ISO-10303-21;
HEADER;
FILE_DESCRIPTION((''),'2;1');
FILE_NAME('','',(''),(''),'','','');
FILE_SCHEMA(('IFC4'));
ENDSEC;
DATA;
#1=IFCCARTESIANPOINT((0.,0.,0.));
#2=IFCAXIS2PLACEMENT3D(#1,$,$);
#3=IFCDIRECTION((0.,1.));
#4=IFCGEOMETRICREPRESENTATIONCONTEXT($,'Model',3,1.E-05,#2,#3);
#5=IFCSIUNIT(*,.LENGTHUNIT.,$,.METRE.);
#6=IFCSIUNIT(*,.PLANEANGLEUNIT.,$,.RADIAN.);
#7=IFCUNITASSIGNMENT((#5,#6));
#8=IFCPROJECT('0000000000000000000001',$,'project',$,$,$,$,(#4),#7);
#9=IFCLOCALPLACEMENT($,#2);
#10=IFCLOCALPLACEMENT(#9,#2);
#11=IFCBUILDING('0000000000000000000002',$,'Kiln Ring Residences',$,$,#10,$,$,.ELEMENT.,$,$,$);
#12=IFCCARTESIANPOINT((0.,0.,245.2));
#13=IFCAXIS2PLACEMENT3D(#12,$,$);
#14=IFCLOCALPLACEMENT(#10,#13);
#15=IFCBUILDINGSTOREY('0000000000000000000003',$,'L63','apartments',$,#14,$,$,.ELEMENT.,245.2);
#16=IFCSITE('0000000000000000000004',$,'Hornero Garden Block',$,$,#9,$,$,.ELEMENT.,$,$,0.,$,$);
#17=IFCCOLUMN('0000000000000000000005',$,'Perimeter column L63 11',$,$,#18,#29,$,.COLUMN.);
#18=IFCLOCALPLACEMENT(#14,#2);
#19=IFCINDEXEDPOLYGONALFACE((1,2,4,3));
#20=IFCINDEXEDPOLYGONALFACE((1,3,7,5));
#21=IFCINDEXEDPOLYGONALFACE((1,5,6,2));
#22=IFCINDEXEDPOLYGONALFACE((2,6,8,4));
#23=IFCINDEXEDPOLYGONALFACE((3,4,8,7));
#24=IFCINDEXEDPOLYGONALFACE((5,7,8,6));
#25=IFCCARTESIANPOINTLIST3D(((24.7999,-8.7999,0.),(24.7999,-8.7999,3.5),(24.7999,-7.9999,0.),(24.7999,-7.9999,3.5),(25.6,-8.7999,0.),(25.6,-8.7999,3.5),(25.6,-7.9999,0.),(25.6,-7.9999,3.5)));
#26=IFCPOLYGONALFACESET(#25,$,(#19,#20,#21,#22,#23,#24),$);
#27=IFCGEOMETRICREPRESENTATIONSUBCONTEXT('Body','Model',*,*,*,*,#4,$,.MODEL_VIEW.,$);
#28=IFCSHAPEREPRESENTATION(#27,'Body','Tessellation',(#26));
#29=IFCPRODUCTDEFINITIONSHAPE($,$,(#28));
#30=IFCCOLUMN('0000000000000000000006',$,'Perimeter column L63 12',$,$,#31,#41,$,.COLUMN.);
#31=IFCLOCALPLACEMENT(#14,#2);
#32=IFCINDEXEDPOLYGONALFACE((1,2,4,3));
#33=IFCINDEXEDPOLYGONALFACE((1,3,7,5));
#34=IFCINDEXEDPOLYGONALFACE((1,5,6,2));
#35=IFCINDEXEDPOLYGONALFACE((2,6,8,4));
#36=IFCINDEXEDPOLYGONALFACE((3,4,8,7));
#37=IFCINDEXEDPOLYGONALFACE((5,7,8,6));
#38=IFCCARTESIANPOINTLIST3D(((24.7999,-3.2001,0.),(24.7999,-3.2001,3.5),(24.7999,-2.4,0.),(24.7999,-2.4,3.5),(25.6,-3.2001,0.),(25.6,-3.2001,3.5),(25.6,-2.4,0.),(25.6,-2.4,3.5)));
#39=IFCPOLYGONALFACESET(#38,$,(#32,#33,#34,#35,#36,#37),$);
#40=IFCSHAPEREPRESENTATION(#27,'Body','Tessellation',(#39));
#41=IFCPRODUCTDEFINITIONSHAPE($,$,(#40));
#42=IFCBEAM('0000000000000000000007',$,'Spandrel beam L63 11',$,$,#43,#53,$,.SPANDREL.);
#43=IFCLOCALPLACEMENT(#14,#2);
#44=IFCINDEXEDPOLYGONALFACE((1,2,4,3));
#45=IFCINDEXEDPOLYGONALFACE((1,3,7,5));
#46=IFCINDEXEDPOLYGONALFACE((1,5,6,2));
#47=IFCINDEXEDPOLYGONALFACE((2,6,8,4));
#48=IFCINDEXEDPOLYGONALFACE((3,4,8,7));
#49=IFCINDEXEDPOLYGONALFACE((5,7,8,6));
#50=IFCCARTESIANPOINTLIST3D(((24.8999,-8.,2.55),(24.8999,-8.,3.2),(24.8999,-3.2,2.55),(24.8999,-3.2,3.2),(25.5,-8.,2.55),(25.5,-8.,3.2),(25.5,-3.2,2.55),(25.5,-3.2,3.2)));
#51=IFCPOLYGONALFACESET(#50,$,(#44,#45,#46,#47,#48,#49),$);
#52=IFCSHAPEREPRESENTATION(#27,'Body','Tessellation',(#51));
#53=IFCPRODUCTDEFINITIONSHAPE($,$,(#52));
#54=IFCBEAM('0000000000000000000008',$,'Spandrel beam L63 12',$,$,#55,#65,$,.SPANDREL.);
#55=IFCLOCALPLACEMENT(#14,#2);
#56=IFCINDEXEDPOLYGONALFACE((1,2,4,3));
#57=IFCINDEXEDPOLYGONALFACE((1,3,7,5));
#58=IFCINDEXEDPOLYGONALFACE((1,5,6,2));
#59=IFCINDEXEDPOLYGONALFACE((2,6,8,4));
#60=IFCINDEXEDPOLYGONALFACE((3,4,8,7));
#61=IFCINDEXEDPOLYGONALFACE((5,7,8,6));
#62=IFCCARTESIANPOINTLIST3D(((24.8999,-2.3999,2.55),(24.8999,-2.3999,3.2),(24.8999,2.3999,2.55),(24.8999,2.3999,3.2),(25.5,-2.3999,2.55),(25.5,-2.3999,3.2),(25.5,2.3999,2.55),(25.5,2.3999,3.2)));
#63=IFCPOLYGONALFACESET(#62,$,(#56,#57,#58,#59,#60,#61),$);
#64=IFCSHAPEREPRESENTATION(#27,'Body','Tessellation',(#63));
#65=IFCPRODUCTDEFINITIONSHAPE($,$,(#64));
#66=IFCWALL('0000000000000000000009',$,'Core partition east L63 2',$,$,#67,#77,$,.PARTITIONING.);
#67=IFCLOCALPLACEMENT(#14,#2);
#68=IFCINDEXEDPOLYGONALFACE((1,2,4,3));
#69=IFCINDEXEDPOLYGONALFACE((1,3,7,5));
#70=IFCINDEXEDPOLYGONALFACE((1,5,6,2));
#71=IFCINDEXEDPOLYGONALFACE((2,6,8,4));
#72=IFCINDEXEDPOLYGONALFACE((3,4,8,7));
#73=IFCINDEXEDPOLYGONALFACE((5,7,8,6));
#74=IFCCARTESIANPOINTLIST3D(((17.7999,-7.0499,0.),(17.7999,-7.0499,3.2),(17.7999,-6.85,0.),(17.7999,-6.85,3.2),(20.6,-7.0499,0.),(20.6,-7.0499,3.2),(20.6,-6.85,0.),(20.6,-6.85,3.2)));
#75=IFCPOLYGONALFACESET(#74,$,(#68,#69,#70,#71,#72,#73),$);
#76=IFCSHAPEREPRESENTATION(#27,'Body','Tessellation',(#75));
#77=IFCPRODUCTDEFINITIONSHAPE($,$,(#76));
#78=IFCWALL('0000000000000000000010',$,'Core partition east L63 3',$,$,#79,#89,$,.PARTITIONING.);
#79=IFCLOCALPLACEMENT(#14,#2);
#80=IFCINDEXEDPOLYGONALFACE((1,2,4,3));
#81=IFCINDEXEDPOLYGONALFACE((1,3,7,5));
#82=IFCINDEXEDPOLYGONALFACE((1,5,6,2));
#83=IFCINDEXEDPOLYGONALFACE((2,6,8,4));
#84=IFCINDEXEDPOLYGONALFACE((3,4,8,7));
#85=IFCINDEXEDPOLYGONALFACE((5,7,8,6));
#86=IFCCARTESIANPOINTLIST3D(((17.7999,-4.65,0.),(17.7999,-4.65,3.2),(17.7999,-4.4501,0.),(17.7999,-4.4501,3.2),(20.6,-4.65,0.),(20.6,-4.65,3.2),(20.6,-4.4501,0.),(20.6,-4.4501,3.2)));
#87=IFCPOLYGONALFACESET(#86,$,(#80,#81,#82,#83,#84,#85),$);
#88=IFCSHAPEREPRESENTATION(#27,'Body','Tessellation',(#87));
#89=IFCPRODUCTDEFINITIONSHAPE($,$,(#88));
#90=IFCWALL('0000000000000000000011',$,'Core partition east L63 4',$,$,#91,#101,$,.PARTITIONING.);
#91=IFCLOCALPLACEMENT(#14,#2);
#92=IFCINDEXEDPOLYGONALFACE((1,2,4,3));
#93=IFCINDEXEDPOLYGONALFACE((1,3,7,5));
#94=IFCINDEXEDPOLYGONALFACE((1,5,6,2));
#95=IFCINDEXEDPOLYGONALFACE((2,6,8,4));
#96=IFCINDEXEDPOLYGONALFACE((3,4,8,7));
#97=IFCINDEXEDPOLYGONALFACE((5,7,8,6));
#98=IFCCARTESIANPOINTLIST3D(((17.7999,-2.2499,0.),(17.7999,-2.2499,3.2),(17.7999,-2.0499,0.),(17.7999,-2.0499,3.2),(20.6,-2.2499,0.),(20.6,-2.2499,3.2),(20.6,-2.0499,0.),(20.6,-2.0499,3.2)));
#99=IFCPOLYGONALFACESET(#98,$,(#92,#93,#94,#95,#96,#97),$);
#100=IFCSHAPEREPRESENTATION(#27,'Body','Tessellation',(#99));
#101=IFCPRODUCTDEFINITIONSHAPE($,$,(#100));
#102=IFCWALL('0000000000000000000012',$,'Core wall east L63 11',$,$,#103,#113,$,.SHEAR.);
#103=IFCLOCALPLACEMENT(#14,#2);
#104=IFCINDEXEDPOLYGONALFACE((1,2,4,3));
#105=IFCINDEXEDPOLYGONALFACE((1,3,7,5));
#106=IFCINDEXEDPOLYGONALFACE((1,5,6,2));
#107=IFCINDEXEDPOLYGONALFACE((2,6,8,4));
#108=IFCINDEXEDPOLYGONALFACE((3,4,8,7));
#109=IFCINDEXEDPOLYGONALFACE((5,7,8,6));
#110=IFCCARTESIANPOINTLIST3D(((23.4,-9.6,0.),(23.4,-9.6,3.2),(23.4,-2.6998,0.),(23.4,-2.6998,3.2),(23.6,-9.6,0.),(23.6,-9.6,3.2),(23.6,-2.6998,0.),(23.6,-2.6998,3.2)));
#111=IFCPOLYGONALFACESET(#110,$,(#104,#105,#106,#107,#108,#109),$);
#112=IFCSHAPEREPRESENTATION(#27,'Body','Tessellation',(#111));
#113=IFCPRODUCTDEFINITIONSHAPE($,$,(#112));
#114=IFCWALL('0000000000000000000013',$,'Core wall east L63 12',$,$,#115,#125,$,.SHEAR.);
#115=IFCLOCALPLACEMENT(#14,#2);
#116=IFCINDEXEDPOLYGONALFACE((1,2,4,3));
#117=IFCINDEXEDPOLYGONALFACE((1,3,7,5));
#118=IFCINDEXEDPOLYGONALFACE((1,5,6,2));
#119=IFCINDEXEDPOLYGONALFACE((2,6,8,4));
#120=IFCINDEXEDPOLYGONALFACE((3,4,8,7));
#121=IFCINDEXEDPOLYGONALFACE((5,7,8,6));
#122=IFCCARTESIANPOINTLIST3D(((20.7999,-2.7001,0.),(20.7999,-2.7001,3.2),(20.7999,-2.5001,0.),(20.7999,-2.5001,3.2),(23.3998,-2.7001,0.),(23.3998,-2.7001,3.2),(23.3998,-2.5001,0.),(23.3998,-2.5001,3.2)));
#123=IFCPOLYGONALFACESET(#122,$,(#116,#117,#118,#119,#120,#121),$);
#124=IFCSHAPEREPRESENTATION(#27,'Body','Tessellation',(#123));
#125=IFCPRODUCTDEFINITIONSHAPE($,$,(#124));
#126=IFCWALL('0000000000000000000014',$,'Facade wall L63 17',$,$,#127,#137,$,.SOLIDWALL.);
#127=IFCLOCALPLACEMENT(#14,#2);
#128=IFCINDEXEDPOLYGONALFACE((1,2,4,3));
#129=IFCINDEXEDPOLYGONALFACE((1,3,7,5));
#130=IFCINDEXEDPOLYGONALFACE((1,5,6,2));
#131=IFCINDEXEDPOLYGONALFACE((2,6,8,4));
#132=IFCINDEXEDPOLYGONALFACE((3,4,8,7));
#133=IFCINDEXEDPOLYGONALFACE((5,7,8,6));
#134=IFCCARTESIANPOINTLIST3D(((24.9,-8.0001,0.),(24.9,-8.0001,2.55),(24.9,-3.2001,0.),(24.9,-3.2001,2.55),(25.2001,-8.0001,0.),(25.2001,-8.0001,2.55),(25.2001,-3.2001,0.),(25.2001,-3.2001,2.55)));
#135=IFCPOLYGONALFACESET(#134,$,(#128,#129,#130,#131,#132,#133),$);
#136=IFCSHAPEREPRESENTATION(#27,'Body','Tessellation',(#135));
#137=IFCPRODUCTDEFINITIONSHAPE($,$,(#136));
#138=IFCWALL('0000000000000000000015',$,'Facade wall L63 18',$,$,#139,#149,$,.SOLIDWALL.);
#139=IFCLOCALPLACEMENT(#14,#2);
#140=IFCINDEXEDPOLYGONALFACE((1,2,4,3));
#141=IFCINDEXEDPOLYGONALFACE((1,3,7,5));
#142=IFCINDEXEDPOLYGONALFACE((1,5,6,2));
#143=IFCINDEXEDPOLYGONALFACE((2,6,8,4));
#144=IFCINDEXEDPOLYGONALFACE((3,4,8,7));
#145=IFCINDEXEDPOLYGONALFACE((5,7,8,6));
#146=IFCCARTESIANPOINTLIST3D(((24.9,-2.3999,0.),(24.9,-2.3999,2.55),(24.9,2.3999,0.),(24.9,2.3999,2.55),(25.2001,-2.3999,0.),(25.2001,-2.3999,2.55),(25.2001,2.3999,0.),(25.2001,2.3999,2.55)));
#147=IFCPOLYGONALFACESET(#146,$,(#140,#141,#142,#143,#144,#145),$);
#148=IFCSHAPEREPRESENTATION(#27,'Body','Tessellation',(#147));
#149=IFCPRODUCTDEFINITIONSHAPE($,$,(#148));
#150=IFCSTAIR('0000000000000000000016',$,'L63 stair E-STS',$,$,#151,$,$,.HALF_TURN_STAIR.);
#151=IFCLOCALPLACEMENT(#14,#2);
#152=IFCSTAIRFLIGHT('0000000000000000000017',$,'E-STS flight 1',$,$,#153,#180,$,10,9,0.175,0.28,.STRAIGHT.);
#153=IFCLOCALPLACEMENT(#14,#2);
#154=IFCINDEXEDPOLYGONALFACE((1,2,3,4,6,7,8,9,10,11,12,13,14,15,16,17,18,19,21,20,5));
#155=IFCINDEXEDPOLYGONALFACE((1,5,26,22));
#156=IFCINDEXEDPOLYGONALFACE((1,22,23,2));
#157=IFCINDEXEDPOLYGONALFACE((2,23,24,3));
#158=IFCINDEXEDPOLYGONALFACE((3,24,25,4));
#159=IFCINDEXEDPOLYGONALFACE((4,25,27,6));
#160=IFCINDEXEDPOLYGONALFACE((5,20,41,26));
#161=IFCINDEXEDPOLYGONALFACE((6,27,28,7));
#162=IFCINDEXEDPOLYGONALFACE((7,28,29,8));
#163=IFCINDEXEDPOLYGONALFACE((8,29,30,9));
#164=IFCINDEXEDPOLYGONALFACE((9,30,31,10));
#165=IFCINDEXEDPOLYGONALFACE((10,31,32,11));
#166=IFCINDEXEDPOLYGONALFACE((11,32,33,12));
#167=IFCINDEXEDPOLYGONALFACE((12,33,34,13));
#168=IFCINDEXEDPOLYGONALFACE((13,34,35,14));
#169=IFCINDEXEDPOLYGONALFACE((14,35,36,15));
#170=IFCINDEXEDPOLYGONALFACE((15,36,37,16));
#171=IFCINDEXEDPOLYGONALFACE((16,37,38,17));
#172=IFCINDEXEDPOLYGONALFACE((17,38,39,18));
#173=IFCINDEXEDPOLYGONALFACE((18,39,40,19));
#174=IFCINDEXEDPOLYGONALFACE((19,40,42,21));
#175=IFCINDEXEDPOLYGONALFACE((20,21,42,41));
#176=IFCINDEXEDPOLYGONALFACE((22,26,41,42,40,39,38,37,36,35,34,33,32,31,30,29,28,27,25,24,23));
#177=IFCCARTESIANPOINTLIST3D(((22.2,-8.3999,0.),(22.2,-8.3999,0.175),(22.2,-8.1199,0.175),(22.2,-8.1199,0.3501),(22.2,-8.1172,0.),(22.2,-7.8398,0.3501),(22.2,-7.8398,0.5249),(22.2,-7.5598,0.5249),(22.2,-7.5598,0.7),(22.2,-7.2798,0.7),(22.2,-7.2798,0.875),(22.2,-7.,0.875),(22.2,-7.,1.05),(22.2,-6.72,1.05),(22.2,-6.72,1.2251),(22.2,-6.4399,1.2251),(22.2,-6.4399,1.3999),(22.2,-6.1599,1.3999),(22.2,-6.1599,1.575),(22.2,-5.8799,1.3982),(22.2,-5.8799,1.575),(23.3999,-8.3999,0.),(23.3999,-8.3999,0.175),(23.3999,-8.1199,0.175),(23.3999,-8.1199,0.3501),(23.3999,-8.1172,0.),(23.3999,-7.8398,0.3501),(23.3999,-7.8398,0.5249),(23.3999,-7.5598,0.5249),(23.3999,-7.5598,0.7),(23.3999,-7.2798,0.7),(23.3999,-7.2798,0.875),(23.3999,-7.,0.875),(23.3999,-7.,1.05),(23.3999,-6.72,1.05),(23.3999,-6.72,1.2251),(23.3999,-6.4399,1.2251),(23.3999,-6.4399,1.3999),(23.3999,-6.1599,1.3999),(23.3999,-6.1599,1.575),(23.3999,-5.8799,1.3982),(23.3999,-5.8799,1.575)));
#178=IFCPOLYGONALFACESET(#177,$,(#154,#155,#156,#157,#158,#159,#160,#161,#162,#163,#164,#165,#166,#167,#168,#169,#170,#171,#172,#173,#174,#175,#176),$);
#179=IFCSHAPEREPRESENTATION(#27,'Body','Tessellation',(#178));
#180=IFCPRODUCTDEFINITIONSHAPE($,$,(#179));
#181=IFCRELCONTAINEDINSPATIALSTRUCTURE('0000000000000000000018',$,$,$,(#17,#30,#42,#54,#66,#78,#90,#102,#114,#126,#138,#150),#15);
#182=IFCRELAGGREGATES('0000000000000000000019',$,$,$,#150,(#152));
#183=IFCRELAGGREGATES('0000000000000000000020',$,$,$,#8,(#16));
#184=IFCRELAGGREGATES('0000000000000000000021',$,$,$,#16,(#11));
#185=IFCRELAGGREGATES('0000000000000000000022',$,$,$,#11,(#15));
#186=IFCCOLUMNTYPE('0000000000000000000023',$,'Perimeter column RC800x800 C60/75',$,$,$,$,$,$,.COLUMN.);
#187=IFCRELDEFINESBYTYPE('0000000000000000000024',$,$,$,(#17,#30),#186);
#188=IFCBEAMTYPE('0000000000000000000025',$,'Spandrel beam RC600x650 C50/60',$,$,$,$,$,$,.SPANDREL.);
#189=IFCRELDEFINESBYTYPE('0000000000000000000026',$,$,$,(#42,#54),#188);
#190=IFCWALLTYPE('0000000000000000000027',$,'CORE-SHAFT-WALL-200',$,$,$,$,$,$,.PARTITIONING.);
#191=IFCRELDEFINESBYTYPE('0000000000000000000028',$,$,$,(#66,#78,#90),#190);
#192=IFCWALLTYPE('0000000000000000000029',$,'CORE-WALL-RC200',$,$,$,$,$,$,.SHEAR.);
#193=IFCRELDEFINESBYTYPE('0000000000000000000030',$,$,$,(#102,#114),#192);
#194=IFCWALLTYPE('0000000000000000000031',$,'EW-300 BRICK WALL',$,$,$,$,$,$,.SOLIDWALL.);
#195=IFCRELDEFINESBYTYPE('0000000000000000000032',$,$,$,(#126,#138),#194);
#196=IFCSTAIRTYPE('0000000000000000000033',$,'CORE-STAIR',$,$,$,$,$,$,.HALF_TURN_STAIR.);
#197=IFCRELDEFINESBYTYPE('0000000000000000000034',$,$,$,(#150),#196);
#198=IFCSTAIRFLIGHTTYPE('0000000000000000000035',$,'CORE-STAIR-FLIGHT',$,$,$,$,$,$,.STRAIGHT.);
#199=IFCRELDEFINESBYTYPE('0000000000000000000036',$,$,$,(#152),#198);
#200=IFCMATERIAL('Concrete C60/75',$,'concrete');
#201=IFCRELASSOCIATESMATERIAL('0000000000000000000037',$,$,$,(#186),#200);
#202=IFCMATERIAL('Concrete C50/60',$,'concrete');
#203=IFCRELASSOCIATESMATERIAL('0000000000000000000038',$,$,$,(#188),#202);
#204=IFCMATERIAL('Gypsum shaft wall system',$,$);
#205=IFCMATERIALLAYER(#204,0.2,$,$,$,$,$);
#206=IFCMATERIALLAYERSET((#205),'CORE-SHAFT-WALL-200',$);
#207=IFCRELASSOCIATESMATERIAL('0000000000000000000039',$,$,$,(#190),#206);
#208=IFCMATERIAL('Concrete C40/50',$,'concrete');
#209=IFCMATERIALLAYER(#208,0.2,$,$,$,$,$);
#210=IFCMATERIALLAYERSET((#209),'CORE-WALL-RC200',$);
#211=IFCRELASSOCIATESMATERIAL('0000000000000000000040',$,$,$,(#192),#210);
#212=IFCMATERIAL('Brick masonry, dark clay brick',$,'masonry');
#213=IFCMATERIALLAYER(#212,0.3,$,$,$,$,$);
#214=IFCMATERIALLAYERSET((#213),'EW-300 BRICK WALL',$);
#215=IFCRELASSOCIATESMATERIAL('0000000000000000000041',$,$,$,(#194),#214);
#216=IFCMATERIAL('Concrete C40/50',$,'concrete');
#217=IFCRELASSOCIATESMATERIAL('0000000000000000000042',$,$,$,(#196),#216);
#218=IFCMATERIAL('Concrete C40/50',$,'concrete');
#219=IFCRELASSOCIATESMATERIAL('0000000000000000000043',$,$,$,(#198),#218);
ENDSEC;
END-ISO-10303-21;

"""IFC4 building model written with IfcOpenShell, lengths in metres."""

from ifc_helpers import new_model, si_unit, direction, frame, frame_2d, origin, origin_2d, place, context, subcontext, project, spatial, polyline, rectangle, outline, extrude, material, layer, layer_set, material_profile, profile_set, type_object, element, aggregate, save


model = new_model("IFC4")

# Units and contexts
model_context = context("Model", 3, precision=1e-05, world=origin(), true_north=direction((0.0, 1.0)))
body_context = subcontext(model_context, "Body", "Model", "MODEL_VIEW")
ifc_project = project(units=[si_unit("LENGTHUNIT", "METRE"), si_unit("PLANEANGLEUNIT", "RADIAN")], contexts=[model_context])

# Site, building, storey
site_placement = place(None, origin())
site = spatial("IfcSite", under=ifc_project, at=site_placement, Name="Hornero Garden Block", CompositionType="ELEMENT", RefElevation=0.0)
building_placement = place(site_placement, origin())
building = spatial("IfcBuilding", under=site, at=building_placement, Name="Kiln Ring Residences", CompositionType="ELEMENT")
storey_placement = place(building_placement, frame((0.0, 0.0, 245.2)))
storey = spatial("IfcBuildingStorey", under=building, at=storey_placement, Name="L63", Description="apartments", CompositionType="ELEMENT", Elevation=245.2)

# Columns
ifc_material_1 = material(Name="Concrete C60/75", Category="concrete")
ifc_material_profile_1 = material_profile(ifc_material_1, rectangle(XDim=0.8, YDim=0.8, at=origin_2d()), Name="RC800x800")
ifc_profile_set_1 = profile_set([ifc_material_profile_1], Name="Concrete C60/75")
column_type = type_object("IfcColumnType", Name="Perimeter column RC800x800 C60/75", PredefinedType="COLUMN", material=ifc_profile_set_1)
for number, where, z_axis, x_axis, name in (
    (1, (25.2, -8.3999, 0.0), (0.0, 0.0, 1.0), (1.0, 0.0, 0.0), "Perimeter column L63 11"),
    (2, (25.2, -2.8, 0.0), (0.0, 0.0, 1.0), (1.0, 0.0, 0.0), "Perimeter column L63 12"),
):
    element("IfcColumn", number, at=place(storey_placement, frame(where, z_axis=z_axis, x_axis=x_axis)), inside=storey, type_object=column_type, Name=name, PredefinedType="COLUMN", context=body_context, shape_type="SweptSolid", body=[
        extrude(rectangle(XDim=0.8, YDim=0.8, at=origin_2d()), origin(), (0.0, 0.0, 1.0), 3.5),
    ])

# Beams
ifc_material_2 = material(Name="Concrete C50/60", Category="concrete")
ifc_material_profile_2 = material_profile(ifc_material_2, rectangle(XDim=0.6001, YDim=0.6499, at=origin_2d()), Name="RC600x650")
ifc_profile_set_2 = profile_set([ifc_material_profile_2], Name="Concrete C50/60")
beam_type = type_object("IfcBeamType", Name="Spandrel beam RC600x650 C50/60", PredefinedType="SPANDREL", material=ifc_profile_set_2)
beam_1_placement = place(storey_placement, frame((25.2, -8.0, 2.875), z_axis=(0.0, 1.0, 0.0), x_axis=(-1.0, 0.0, 0.0)))
element("IfcBeam", 3, at=beam_1_placement, inside=storey, type_object=beam_type, Name="Spandrel beam L63 11", PredefinedType="SPANDREL", context=body_context, shape_type="SweptSolid", body=[
    extrude(rectangle(XDim=0.6001, YDim=0.6499, at=origin_2d()), origin(), (0.0, 0.0, 1.0), 4.8),
])
beam_2_placement = place(storey_placement, frame((25.2, -2.3999, 2.875), z_axis=(0.0, 1.0, 0.0), x_axis=(-1.0, 0.0, 0.0)))
element("IfcBeam", 4, at=beam_2_placement, inside=storey, type_object=beam_type, Name="Spandrel beam L63 12", PredefinedType="SPANDREL", context=body_context, shape_type="SweptSolid", body=[
    extrude(rectangle(XDim=0.6001, YDim=0.6499, at=origin_2d()), origin(), (0.0, 0.0, 1.0), 4.7998),
])

# Walls
ifc_material_3 = material(Name="Gypsum shaft wall system")
ifc_layer_1 = layer(ifc_material_3, 0.2)
ifc_layer_set_1 = layer_set([ifc_layer_1], Name="CORE-SHAFT-WALL-200")
wall_type_1 = type_object("IfcWallType", Name="CORE-SHAFT-WALL-200", PredefinedType="PARTITIONING", material=ifc_layer_set_1)
for number, where, z_axis, x_axis, name in (
    (5, (17.8, -6.95, 0.0), (0.0, 0.0, 1.0), (1.0, 0.0, 0.0), "Core partition east L63 2"),
    (6, (17.8, -4.55, 0.0), (0.0, 0.0, 1.0), (1.0, 0.0, 0.0), "Core partition east L63 3"),
    (7, (17.8, -2.1499, 0.0), (0.0, 0.0, 1.0), (1.0, 0.0, 0.0), "Core partition east L63 4"),
):
    element("IfcWall", number, at=place(storey_placement, frame(where, z_axis=z_axis, x_axis=x_axis)), inside=storey, type_object=wall_type_1, Name=name, PredefinedType="PARTITIONING", context=body_context, shape_type="SweptSolid", body=[
        extrude(rectangle(XDim=2.8, YDim=0.2, at=frame_2d((1.3999, 0.0))), origin(), (0.0, 0.0, 1.0), 3.2),
    ])
ifc_material_4 = material(Name="Concrete C40/50", Category="concrete")
ifc_layer_2 = layer(ifc_material_4, 0.2)
ifc_layer_set_2 = layer_set([ifc_layer_2], Name="CORE-WALL-RC200")
wall_type_2 = type_object("IfcWallType", Name="CORE-WALL-RC200", PredefinedType="SHEAR", material=ifc_layer_set_2)
wall_1_placement = place(storey_placement, frame((23.5, -9.6001, 0.0), z_axis=(0.0, 0.0, 1.0), x_axis=(0.0, 1.0, 0.0)))
element("IfcWall", 8, at=wall_1_placement, inside=storey, type_object=wall_type_2, Name="Core wall east L63 11", PredefinedType="SHEAR", context=body_context, shape_type="SweptSolid", body=[
    extrude(rectangle(XDim=6.9001, YDim=0.2, at=frame_2d((3.4502, 0.0))), origin(), (0.0, 0.0, 1.0), 3.2),
])
wall_2_placement = place(storey_placement, frame((20.8, -2.6001, 0.0), z_axis=(0.0, 0.0, 1.0), x_axis=(1.0, 0.0, 0.0)))
element("IfcWall", 9, at=wall_2_placement, inside=storey, type_object=wall_type_2, Name="Core wall east L63 12", PredefinedType="SHEAR", context=body_context, shape_type="SweptSolid", body=[
    extrude(rectangle(XDim=2.5999, YDim=0.2, at=frame_2d((1.2998, 0.0))), origin(), (0.0, 0.0, 1.0), 3.2),
])
ifc_material_5 = material(Name="Brick masonry, dark clay brick", Category="masonry")
ifc_layer_3 = layer(ifc_material_5, 0.3)
ifc_layer_set_3 = layer_set([ifc_layer_3], Name="EW-300 BRICK WALL")
wall_type_3 = type_object("IfcWallType", Name="EW-300 BRICK WALL", PredefinedType="SOLIDWALL", material=ifc_layer_set_3)
wall_3_placement = place(storey_placement, frame((25.05, -8.0, 0.0), z_axis=(0.0, 0.0, 1.0), x_axis=(0.0, 1.0, 0.0)))
element("IfcWall", 10, at=wall_3_placement, inside=storey, type_object=wall_type_3, Name="Facade wall L63 17", PredefinedType="SOLIDWALL", context=body_context, shape_type="SweptSolid", body=[
    extrude(rectangle(XDim=4.8, YDim=0.3, at=frame_2d((2.3999, 0.0))), origin(), (0.0, 0.0, 1.0), 2.55),
])
wall_4_placement = place(storey_placement, frame((25.05, -2.3999, 0.0), z_axis=(0.0, 0.0, 1.0), x_axis=(0.0, 1.0, 0.0)))
element("IfcWall", 11, at=wall_4_placement, inside=storey, type_object=wall_type_3, Name="Facade wall L63 18", PredefinedType="SOLIDWALL", context=body_context, shape_type="SweptSolid", body=[
    extrude(rectangle(XDim=4.7998, YDim=0.3, at=frame_2d((2.3999, 0.0))), origin(), (0.0, 0.0, 1.0), 2.55),
])

# Stair, stair flight
ifc_material_6 = material(Name="Concrete C40/50", Category="concrete")
stair_type = type_object("IfcStairType", Name="CORE-STAIR", PredefinedType="HALF_TURN_STAIR", material=ifc_material_6)
stair_placement = place(storey_placement, origin())
stair = element("IfcStair", 12, at=stair_placement, inside=storey, type_object=stair_type, Name="L63 stair E-STS", PredefinedType="HALF_TURN_STAIR")
ifc_material_7 = material(Name="Concrete C40/50", Category="concrete")
stair_flight_type = type_object("IfcStairFlightType", Name="CORE-STAIR-FLIGHT", PredefinedType="STRAIGHT", material=ifc_material_7)
stair_flight_1_placement = place(storey_placement, frame((22.8, -8.3999, 0.0), z_axis=(0.0, 0.0, 1.0), x_axis=(0.0, 1.0, 0.0)))
stair_flight_1 = element("IfcStairFlight", 13, at=stair_flight_1_placement, type_object=stair_flight_type, Name="E-STS flight 1", NumberOfRisers=10, NumberOfTreads=9, PredefinedType="STRAIGHT", RiserHeight=0.175, TreadLength=0.28, context=body_context, shape_type="SweptSolid", body=[
    extrude(outline(polyline([(0.0, 0.0), (0.0, 0.175), (0.28, 0.175), (0.28, 0.3501), (0.5601, 0.3501), (0.5601, 0.5249), (0.8401, 0.5249), (0.8401, 0.7), (1.1201, 0.7), (1.1201, 0.875), (1.3999, 0.875), (1.3999, 1.05), (1.6799, 1.05), (1.6799, 1.2251), (1.96, 1.2251), (1.96, 1.3999), (2.24, 1.3999), (2.24, 1.575), (2.52, 1.575), (2.52, 1.75), (2.52, 1.3982), (0.2827, 0.0), (0.0, 0.0)])), frame((0.0, 0.6001, 0.0), z_axis=(0.0, -1.0, 0.0), x_axis=(1.0, 0.0, 0.0)), (0.0, 0.0, 1.0), 1.2),
])
aggregate(stair, [stair_flight_1])

save(model, "model.ifc")
